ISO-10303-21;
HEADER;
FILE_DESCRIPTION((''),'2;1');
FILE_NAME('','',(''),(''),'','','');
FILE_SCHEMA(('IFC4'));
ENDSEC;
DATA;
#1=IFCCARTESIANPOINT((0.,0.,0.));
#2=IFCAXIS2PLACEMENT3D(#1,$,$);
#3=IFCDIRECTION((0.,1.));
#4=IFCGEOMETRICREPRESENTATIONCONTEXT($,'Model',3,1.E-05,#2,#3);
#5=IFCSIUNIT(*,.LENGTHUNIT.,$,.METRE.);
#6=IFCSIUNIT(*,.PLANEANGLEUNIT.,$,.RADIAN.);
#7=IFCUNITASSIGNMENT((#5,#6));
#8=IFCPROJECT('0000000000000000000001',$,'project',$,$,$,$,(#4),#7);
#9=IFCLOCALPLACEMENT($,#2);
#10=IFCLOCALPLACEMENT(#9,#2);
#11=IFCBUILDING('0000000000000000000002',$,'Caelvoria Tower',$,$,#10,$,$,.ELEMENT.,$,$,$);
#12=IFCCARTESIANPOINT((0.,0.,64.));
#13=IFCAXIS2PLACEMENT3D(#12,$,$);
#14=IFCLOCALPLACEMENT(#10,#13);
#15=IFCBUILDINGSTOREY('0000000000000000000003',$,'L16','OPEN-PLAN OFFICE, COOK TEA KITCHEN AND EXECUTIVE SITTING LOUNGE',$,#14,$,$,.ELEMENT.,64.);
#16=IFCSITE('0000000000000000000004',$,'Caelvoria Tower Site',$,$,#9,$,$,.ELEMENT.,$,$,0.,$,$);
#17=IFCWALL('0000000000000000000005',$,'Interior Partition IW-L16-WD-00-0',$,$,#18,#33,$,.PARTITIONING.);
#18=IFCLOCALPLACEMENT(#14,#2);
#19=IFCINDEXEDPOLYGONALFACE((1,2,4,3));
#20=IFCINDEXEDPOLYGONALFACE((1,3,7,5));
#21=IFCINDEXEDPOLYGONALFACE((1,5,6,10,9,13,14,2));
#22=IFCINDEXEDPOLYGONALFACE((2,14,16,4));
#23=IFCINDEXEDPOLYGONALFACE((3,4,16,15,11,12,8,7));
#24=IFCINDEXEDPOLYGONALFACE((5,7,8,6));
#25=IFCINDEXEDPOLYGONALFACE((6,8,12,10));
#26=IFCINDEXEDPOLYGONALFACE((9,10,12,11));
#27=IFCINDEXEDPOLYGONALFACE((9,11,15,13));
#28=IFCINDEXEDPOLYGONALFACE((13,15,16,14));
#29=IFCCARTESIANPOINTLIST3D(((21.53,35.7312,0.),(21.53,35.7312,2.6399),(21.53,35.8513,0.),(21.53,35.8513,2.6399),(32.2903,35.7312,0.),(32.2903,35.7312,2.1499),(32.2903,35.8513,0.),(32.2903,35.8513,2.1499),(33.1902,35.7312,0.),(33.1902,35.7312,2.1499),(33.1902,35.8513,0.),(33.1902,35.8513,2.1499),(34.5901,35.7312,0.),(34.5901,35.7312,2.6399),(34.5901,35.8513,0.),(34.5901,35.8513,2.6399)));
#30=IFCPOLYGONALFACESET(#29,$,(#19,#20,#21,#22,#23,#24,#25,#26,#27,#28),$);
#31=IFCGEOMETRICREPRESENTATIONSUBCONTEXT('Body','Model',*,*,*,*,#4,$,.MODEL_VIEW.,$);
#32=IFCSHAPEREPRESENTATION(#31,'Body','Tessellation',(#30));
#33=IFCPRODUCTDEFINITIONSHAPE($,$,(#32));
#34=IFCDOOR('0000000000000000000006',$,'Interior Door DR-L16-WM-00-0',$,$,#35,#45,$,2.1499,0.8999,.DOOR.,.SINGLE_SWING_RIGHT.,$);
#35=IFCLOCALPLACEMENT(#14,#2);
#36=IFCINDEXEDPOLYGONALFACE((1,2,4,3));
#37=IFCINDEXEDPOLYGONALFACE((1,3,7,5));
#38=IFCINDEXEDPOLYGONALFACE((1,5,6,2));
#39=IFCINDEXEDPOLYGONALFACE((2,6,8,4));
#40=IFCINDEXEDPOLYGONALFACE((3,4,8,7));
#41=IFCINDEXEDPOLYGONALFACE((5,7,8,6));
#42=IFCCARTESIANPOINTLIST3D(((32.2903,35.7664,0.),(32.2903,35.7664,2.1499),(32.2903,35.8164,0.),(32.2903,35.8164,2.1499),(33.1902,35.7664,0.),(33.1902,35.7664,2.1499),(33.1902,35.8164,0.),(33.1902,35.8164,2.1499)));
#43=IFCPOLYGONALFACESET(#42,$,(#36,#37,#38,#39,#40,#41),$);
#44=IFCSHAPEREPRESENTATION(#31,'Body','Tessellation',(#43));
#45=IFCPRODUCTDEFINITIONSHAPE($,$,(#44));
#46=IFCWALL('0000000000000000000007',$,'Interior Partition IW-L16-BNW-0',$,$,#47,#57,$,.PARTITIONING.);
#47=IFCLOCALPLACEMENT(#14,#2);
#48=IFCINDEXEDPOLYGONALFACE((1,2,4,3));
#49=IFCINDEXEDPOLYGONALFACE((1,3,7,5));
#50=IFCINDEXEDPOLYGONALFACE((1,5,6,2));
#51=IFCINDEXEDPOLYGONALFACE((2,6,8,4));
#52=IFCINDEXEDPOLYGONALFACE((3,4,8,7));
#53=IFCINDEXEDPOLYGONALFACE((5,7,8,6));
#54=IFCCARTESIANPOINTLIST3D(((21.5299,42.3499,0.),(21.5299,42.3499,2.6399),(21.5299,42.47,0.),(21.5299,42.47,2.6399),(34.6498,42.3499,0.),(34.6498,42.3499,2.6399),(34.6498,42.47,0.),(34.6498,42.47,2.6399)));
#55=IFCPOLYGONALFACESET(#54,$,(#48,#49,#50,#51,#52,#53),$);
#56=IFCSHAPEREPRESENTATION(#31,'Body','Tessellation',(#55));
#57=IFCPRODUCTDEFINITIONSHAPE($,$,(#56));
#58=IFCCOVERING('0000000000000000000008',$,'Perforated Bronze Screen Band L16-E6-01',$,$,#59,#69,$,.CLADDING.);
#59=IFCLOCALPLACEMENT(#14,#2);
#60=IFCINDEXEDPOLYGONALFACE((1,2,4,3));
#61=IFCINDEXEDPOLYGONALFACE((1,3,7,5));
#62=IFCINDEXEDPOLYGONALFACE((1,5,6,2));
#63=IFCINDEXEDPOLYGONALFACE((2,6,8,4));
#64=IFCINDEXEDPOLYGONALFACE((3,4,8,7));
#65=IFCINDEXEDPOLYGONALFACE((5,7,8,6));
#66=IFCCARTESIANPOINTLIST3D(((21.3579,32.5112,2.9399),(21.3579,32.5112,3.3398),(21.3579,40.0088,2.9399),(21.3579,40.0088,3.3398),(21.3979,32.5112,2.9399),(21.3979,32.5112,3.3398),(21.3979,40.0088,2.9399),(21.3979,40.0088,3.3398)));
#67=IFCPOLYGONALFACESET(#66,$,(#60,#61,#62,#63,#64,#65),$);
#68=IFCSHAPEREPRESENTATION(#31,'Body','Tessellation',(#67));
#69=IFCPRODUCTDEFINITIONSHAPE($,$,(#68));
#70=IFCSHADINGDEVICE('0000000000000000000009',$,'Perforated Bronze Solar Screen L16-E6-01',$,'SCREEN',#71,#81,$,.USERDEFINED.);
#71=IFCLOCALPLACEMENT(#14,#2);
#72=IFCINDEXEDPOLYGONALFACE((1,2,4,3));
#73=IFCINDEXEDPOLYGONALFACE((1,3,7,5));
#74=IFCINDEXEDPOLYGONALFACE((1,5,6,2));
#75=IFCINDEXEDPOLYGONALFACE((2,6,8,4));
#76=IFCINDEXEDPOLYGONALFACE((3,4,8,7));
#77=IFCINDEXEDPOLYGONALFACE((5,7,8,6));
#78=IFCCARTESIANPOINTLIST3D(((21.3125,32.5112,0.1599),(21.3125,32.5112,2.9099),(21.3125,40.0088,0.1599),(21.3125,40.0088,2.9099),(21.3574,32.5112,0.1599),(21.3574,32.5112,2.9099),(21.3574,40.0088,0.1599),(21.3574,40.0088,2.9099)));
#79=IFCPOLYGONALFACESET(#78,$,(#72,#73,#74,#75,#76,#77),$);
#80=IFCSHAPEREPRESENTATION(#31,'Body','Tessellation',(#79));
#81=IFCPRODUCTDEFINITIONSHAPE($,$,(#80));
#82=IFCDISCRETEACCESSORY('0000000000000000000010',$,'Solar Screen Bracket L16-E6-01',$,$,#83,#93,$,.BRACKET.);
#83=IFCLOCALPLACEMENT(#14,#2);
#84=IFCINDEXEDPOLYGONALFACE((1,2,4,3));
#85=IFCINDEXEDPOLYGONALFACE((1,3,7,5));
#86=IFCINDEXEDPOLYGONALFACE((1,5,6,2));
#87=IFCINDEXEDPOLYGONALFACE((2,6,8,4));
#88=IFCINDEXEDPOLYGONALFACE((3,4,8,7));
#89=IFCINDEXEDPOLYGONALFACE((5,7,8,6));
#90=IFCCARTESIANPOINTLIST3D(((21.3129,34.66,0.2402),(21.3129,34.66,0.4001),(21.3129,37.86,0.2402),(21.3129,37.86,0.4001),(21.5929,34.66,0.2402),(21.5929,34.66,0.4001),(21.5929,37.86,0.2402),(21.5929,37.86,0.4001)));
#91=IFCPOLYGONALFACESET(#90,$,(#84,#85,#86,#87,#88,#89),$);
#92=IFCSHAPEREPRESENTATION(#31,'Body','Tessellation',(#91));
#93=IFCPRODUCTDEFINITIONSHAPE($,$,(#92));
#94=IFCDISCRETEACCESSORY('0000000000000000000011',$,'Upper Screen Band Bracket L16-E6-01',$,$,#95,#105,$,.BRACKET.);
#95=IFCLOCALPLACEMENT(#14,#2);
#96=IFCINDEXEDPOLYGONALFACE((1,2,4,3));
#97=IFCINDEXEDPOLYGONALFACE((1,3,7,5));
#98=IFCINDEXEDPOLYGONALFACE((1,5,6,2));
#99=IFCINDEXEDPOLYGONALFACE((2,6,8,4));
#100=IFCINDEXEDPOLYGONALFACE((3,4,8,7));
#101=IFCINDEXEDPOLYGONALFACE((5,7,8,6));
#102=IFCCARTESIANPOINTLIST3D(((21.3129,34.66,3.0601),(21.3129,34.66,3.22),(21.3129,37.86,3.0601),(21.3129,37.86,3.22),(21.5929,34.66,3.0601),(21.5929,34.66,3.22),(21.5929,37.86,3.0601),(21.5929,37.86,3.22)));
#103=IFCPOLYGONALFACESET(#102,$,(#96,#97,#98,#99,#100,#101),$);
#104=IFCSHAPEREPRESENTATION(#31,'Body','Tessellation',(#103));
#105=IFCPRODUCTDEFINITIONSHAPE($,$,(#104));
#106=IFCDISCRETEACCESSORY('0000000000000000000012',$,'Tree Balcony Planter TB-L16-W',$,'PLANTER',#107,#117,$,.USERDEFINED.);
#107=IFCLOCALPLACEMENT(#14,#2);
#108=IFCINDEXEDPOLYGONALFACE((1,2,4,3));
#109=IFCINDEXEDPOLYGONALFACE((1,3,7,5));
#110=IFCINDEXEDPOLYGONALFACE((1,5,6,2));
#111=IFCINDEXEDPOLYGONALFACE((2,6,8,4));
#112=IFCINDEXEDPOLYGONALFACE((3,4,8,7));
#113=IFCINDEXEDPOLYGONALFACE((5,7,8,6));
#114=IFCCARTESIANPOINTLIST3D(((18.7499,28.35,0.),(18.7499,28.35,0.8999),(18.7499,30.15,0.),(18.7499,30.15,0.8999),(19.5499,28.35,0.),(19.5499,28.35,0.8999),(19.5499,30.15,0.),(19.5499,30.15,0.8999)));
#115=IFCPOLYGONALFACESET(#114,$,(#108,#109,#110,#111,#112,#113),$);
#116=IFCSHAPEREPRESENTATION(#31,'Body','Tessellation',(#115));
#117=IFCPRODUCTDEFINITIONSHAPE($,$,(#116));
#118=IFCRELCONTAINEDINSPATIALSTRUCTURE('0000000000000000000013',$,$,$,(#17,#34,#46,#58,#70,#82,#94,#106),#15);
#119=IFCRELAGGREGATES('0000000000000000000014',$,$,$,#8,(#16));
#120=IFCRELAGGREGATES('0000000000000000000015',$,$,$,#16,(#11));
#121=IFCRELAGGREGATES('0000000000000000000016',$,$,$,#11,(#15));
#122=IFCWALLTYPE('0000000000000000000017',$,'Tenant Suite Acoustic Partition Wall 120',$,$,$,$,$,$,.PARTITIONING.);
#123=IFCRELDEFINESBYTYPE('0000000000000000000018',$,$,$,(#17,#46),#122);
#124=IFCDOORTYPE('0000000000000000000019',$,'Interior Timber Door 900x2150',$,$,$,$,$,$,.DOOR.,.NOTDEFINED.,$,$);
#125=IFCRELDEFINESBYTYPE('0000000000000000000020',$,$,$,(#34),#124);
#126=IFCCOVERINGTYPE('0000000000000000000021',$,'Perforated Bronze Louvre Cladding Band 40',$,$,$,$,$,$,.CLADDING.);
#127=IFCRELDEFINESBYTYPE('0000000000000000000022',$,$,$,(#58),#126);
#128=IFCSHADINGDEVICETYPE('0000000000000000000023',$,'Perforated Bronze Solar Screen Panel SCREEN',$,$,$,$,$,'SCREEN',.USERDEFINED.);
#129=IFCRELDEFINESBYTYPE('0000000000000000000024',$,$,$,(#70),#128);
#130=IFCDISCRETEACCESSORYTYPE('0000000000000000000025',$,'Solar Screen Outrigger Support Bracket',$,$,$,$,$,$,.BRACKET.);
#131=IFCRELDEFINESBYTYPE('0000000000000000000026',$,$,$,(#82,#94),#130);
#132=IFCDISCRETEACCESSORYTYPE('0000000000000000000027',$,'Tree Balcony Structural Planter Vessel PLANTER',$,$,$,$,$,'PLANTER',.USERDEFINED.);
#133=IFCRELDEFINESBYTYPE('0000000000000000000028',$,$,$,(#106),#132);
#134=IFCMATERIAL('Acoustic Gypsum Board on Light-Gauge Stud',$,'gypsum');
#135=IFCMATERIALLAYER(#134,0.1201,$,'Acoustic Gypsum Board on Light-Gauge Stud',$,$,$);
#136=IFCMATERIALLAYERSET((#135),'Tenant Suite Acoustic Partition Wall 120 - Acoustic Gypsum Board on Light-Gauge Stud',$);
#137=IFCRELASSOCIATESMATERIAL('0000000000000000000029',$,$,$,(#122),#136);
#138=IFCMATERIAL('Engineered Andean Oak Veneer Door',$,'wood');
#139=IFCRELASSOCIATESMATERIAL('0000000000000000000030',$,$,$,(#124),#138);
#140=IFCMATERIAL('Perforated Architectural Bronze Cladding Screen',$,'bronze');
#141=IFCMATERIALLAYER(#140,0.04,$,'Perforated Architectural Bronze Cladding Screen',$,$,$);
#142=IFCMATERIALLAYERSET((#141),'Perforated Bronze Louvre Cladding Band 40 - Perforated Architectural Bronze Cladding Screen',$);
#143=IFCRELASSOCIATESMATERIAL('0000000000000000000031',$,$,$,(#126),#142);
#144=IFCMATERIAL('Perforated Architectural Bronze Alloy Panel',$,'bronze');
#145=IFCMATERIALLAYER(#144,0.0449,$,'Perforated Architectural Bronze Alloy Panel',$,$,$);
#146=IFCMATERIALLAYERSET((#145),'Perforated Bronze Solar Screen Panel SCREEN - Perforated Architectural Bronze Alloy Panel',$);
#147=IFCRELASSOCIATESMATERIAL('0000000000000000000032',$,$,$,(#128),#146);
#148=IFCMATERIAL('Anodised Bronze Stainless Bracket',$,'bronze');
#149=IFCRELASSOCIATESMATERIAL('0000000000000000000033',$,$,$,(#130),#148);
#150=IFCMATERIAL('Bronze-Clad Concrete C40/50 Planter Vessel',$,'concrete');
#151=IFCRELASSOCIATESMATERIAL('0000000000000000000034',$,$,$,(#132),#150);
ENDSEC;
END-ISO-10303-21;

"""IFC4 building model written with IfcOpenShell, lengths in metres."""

from ifc_helpers import new_model, si_unit, direction, frame, frame_2d, origin, origin_2d, place, context, subcontext, project, spatial, rectangle, extrude, material, layer, layer_set, type_object, element, fill, save


model = new_model("IFC4")

# Units and contexts
model_context = context("Model", 3, precision=1e-05, world=origin(), true_north=direction((0.0, 1.0)))
body_context = subcontext(model_context, "Body", "Model", "MODEL_VIEW")
ifc_project = project(units=[si_unit("LENGTHUNIT", "METRE"), si_unit("PLANEANGLEUNIT", "RADIAN")], contexts=[model_context])

# Site, building, storey
site_placement = place(None, origin())
site = spatial("IfcSite", under=ifc_project, at=site_placement, Name="Caelvoria Tower Site", CompositionType="ELEMENT", RefElevation=0.0)
building_placement = place(site_placement, origin())
building = spatial("IfcBuilding", under=site, at=building_placement, Name="Caelvoria Tower", CompositionType="ELEMENT")
storey_placement = place(building_placement, frame((0.0, 0.0, 64.0)))
storey = spatial("IfcBuildingStorey", under=building, at=storey_placement, Name="L16", Description="OPEN-PLAN OFFICE, COOK TEA KITCHEN AND EXECUTIVE SITTING LOUNGE", CompositionType="ELEMENT", Elevation=64.0)

# Shared definitions
ifc_material_1 = material(Name="Acoustic Gypsum Board on Light-Gauge Stud", Category="gypsum")
ifc_layer_1 = layer(ifc_material_1, 0.1201, Name="Acoustic Gypsum Board on Light-Gauge Stud")
ifc_layer_set_1 = layer_set([ifc_layer_1], Name="Tenant Suite Acoustic Partition Wall 120 - Acoustic Gypsum Board on Light-Gauge Stud")
wall_type_1 = type_object("IfcWallType", Name="Tenant Suite Acoustic Partition Wall 120", PredefinedType="PARTITIONING", material=ifc_layer_set_1)
ifc_material_2 = material(Name="Engineered Andean Oak Veneer Door", Category="wood")

# Wall, opening, door
wall_1_placement = place(storey_placement, frame((34.5901, 35.7913, 0.0), z_axis=(0.0, 0.0, 1.0), x_axis=(-1.0, 0.0, 0.0)))
wall_1 = element("IfcWall", 1, at=wall_1_placement, inside=storey, type_object=wall_type_1, Name="Interior Partition IW-L16-WD-00-0", PredefinedType="PARTITIONING", context=body_context, shape_type="SweptSolid", body=[
    extrude(rectangle(XDim=13.0601, YDim=0.1201, at=frame_2d((6.53, 0.0))), origin(), (0.0, 0.0, 1.0), 2.6399),
])
opening_1_placement = place(wall_1_placement, frame((1.3999, 0.0, 0.0)))
opening_1 = element("IfcOpeningElement", 2, at=opening_1_placement, cuts=wall_1, PredefinedType="OPENING", context=body_context, shape_type="SweptSolid", body=[
    extrude(rectangle(XDim=0.8999, YDim=2.1499, at=frame_2d((0.45, 1.075))), frame((0.0, 0.0701, 0.0), z_axis=(0.0, -1.0, 0.0), x_axis=(1.0, 0.0, 0.0)), (0.0, 0.0, 1.0), 0.1401),
])
door_type_1 = type_object("IfcDoorType", Name="Interior Timber Door 900x2150", OperationType="NOTDEFINED", PredefinedType="DOOR", material=ifc_material_2)
door_1_placement = place(opening_1_placement, origin())
door_1 = element("IfcDoor", 3, at=door_1_placement, inside=storey, type_object=door_type_1, Name="Interior Door DR-L16-WM-00-0", OperationType="SINGLE_SWING_RIGHT", OverallHeight=2.1499, OverallWidth=0.8999, PredefinedType="DOOR", context=body_context, shape_type="SweptSolid", body=[
    extrude(rectangle(XDim=0.8999, YDim=2.1499, at=frame_2d((0.45, 1.075))), frame((0.0, 0.0249, 0.0), z_axis=(0.0, -1.0, 0.0), x_axis=(1.0, 0.0, 0.0)), (0.0, 0.0, 1.0), 0.05),
])
fill(opening_1, door_1)

# Wall
wall_2_placement = place(storey_placement, frame((34.6499, 42.4099, 0.0), z_axis=(0.0, 0.0, 1.0), x_axis=(-1.0, 0.0, 0.0)))
element("IfcWall", 4, at=wall_2_placement, inside=storey, type_object=wall_type_1, Name="Interior Partition IW-L16-BNW-0", PredefinedType="PARTITIONING", context=body_context, shape_type="SweptSolid", body=[
    extrude(rectangle(XDim=13.1199, YDim=0.1201, at=frame_2d((6.5601, 0.0))), origin(), (0.0, 0.0, 1.0), 2.6399),
])

# Covering
ifc_material_3 = material(Name="Perforated Architectural Bronze Cladding Screen", Category="bronze")
ifc_layer_2 = layer(ifc_material_3, 0.04, Name="Perforated Architectural Bronze Cladding Screen")
ifc_layer_set_2 = layer_set([ifc_layer_2], Name="Perforated Bronze Louvre Cladding Band 40 - Perforated Architectural Bronze Cladding Screen")
covering_type = type_object("IfcCoveringType", Name="Perforated Bronze Louvre Cladding Band 40", PredefinedType="CLADDING", material=ifc_layer_set_2)
covering_placement = place(storey_placement, frame((21.3779, 36.26, 2.9399), z_axis=(0.0, 0.0, 1.0), x_axis=(0.0, -1.0, 0.0)))
element("IfcCovering", 5, at=covering_placement, inside=storey, type_object=covering_type, Name="Perforated Bronze Screen Band L16-E6-01", PredefinedType="CLADDING", context=body_context, shape_type="SweptSolid", body=[
    extrude(rectangle(XDim=7.4976, YDim=0.04, at=origin_2d()), origin(), (0.0, 0.0, 1.0), 0.3999),
])

# Shading device
ifc_material_4 = material(Name="Perforated Architectural Bronze Alloy Panel", Category="bronze")
ifc_layer_3 = layer(ifc_material_4, 0.0449, Name="Perforated Architectural Bronze Alloy Panel")
ifc_layer_set_3 = layer_set([ifc_layer_3], Name="Perforated Bronze Solar Screen Panel SCREEN - Perforated Architectural Bronze Alloy Panel")
shading_device_type = type_object("IfcShadingDeviceType", Name="Perforated Bronze Solar Screen Panel SCREEN", ElementType="SCREEN", PredefinedType="USERDEFINED", material=ifc_layer_set_3)
shading_device_placement = place(storey_placement, frame((21.335, 36.26, 0.1599), z_axis=(0.0, 0.0, 1.0), x_axis=(0.0, -1.0, 0.0)))
element("IfcShadingDevice", 6, at=shading_device_placement, inside=storey, type_object=shading_device_type, Name="Perforated Bronze Solar Screen L16-E6-01", ObjectType="SCREEN", PredefinedType="USERDEFINED", context=body_context, shape_type="SweptSolid", body=[
    extrude(rectangle(XDim=7.4976, YDim=0.0449, at=origin_2d()), origin(), (0.0, 0.0, 1.0), 2.75),
])

# Discrete accessories
ifc_material_5 = material(Name="Anodised Bronze Stainless Bracket", Category="bronze")
discrete_accessory_type_1 = type_object("IfcDiscreteAccessoryType", Name="Solar Screen Outrigger Support Bracket", PredefinedType="BRACKET", material=ifc_material_5)
for number, where, z_axis, x_axis, name in (
    (7, (21.4529, 36.26, 0.2402), (0.0, 0.0, 1.0), (0.0, -1.0, 0.0), "Solar Screen Bracket L16-E6-01"),
    (8, (21.4529, 36.26, 3.0601), (0.0, 0.0, 1.0), (0.0, -1.0, 0.0), "Upper Screen Band Bracket L16-E6-01"),
):
    element("IfcDiscreteAccessory", number, at=place(storey_placement, frame(where, z_axis=z_axis, x_axis=x_axis)), inside=storey, type_object=discrete_accessory_type_1, Name=name, PredefinedType="BRACKET", context=body_context, shape_type="SweptSolid", body=[
        extrude(rectangle(XDim=3.2, YDim=0.28, at=origin_2d()), origin(), (0.0, 0.0, 1.0), 0.1599),
    ])
ifc_material_6 = material(Name="Bronze-Clad Concrete C40/50 Planter Vessel", Category="concrete")
discrete_accessory_type_2 = type_object("IfcDiscreteAccessoryType", Name="Tree Balcony Structural Planter Vessel PLANTER", ElementType="PLANTER", PredefinedType="USERDEFINED", material=ifc_material_6)
discrete_accessory_placement = place(storey_placement, frame((19.1499, 29.25, 0.0), z_axis=(0.0, 0.0, 1.0), x_axis=(0.0, 1.0, 0.0)))
element("IfcDiscreteAccessory", 9, at=discrete_accessory_placement, inside=storey, type_object=discrete_accessory_type_2, Name="Tree Balcony Planter TB-L16-W", ObjectType="PLANTER", PredefinedType="USERDEFINED", context=body_context, shape_type="SweptSolid", body=[
    extrude(rectangle(XDim=1.8, YDim=0.8, at=origin_2d()), origin(), (0.0, 0.0, 1.0), 0.8999),
])

save(model, "model.ifc")
